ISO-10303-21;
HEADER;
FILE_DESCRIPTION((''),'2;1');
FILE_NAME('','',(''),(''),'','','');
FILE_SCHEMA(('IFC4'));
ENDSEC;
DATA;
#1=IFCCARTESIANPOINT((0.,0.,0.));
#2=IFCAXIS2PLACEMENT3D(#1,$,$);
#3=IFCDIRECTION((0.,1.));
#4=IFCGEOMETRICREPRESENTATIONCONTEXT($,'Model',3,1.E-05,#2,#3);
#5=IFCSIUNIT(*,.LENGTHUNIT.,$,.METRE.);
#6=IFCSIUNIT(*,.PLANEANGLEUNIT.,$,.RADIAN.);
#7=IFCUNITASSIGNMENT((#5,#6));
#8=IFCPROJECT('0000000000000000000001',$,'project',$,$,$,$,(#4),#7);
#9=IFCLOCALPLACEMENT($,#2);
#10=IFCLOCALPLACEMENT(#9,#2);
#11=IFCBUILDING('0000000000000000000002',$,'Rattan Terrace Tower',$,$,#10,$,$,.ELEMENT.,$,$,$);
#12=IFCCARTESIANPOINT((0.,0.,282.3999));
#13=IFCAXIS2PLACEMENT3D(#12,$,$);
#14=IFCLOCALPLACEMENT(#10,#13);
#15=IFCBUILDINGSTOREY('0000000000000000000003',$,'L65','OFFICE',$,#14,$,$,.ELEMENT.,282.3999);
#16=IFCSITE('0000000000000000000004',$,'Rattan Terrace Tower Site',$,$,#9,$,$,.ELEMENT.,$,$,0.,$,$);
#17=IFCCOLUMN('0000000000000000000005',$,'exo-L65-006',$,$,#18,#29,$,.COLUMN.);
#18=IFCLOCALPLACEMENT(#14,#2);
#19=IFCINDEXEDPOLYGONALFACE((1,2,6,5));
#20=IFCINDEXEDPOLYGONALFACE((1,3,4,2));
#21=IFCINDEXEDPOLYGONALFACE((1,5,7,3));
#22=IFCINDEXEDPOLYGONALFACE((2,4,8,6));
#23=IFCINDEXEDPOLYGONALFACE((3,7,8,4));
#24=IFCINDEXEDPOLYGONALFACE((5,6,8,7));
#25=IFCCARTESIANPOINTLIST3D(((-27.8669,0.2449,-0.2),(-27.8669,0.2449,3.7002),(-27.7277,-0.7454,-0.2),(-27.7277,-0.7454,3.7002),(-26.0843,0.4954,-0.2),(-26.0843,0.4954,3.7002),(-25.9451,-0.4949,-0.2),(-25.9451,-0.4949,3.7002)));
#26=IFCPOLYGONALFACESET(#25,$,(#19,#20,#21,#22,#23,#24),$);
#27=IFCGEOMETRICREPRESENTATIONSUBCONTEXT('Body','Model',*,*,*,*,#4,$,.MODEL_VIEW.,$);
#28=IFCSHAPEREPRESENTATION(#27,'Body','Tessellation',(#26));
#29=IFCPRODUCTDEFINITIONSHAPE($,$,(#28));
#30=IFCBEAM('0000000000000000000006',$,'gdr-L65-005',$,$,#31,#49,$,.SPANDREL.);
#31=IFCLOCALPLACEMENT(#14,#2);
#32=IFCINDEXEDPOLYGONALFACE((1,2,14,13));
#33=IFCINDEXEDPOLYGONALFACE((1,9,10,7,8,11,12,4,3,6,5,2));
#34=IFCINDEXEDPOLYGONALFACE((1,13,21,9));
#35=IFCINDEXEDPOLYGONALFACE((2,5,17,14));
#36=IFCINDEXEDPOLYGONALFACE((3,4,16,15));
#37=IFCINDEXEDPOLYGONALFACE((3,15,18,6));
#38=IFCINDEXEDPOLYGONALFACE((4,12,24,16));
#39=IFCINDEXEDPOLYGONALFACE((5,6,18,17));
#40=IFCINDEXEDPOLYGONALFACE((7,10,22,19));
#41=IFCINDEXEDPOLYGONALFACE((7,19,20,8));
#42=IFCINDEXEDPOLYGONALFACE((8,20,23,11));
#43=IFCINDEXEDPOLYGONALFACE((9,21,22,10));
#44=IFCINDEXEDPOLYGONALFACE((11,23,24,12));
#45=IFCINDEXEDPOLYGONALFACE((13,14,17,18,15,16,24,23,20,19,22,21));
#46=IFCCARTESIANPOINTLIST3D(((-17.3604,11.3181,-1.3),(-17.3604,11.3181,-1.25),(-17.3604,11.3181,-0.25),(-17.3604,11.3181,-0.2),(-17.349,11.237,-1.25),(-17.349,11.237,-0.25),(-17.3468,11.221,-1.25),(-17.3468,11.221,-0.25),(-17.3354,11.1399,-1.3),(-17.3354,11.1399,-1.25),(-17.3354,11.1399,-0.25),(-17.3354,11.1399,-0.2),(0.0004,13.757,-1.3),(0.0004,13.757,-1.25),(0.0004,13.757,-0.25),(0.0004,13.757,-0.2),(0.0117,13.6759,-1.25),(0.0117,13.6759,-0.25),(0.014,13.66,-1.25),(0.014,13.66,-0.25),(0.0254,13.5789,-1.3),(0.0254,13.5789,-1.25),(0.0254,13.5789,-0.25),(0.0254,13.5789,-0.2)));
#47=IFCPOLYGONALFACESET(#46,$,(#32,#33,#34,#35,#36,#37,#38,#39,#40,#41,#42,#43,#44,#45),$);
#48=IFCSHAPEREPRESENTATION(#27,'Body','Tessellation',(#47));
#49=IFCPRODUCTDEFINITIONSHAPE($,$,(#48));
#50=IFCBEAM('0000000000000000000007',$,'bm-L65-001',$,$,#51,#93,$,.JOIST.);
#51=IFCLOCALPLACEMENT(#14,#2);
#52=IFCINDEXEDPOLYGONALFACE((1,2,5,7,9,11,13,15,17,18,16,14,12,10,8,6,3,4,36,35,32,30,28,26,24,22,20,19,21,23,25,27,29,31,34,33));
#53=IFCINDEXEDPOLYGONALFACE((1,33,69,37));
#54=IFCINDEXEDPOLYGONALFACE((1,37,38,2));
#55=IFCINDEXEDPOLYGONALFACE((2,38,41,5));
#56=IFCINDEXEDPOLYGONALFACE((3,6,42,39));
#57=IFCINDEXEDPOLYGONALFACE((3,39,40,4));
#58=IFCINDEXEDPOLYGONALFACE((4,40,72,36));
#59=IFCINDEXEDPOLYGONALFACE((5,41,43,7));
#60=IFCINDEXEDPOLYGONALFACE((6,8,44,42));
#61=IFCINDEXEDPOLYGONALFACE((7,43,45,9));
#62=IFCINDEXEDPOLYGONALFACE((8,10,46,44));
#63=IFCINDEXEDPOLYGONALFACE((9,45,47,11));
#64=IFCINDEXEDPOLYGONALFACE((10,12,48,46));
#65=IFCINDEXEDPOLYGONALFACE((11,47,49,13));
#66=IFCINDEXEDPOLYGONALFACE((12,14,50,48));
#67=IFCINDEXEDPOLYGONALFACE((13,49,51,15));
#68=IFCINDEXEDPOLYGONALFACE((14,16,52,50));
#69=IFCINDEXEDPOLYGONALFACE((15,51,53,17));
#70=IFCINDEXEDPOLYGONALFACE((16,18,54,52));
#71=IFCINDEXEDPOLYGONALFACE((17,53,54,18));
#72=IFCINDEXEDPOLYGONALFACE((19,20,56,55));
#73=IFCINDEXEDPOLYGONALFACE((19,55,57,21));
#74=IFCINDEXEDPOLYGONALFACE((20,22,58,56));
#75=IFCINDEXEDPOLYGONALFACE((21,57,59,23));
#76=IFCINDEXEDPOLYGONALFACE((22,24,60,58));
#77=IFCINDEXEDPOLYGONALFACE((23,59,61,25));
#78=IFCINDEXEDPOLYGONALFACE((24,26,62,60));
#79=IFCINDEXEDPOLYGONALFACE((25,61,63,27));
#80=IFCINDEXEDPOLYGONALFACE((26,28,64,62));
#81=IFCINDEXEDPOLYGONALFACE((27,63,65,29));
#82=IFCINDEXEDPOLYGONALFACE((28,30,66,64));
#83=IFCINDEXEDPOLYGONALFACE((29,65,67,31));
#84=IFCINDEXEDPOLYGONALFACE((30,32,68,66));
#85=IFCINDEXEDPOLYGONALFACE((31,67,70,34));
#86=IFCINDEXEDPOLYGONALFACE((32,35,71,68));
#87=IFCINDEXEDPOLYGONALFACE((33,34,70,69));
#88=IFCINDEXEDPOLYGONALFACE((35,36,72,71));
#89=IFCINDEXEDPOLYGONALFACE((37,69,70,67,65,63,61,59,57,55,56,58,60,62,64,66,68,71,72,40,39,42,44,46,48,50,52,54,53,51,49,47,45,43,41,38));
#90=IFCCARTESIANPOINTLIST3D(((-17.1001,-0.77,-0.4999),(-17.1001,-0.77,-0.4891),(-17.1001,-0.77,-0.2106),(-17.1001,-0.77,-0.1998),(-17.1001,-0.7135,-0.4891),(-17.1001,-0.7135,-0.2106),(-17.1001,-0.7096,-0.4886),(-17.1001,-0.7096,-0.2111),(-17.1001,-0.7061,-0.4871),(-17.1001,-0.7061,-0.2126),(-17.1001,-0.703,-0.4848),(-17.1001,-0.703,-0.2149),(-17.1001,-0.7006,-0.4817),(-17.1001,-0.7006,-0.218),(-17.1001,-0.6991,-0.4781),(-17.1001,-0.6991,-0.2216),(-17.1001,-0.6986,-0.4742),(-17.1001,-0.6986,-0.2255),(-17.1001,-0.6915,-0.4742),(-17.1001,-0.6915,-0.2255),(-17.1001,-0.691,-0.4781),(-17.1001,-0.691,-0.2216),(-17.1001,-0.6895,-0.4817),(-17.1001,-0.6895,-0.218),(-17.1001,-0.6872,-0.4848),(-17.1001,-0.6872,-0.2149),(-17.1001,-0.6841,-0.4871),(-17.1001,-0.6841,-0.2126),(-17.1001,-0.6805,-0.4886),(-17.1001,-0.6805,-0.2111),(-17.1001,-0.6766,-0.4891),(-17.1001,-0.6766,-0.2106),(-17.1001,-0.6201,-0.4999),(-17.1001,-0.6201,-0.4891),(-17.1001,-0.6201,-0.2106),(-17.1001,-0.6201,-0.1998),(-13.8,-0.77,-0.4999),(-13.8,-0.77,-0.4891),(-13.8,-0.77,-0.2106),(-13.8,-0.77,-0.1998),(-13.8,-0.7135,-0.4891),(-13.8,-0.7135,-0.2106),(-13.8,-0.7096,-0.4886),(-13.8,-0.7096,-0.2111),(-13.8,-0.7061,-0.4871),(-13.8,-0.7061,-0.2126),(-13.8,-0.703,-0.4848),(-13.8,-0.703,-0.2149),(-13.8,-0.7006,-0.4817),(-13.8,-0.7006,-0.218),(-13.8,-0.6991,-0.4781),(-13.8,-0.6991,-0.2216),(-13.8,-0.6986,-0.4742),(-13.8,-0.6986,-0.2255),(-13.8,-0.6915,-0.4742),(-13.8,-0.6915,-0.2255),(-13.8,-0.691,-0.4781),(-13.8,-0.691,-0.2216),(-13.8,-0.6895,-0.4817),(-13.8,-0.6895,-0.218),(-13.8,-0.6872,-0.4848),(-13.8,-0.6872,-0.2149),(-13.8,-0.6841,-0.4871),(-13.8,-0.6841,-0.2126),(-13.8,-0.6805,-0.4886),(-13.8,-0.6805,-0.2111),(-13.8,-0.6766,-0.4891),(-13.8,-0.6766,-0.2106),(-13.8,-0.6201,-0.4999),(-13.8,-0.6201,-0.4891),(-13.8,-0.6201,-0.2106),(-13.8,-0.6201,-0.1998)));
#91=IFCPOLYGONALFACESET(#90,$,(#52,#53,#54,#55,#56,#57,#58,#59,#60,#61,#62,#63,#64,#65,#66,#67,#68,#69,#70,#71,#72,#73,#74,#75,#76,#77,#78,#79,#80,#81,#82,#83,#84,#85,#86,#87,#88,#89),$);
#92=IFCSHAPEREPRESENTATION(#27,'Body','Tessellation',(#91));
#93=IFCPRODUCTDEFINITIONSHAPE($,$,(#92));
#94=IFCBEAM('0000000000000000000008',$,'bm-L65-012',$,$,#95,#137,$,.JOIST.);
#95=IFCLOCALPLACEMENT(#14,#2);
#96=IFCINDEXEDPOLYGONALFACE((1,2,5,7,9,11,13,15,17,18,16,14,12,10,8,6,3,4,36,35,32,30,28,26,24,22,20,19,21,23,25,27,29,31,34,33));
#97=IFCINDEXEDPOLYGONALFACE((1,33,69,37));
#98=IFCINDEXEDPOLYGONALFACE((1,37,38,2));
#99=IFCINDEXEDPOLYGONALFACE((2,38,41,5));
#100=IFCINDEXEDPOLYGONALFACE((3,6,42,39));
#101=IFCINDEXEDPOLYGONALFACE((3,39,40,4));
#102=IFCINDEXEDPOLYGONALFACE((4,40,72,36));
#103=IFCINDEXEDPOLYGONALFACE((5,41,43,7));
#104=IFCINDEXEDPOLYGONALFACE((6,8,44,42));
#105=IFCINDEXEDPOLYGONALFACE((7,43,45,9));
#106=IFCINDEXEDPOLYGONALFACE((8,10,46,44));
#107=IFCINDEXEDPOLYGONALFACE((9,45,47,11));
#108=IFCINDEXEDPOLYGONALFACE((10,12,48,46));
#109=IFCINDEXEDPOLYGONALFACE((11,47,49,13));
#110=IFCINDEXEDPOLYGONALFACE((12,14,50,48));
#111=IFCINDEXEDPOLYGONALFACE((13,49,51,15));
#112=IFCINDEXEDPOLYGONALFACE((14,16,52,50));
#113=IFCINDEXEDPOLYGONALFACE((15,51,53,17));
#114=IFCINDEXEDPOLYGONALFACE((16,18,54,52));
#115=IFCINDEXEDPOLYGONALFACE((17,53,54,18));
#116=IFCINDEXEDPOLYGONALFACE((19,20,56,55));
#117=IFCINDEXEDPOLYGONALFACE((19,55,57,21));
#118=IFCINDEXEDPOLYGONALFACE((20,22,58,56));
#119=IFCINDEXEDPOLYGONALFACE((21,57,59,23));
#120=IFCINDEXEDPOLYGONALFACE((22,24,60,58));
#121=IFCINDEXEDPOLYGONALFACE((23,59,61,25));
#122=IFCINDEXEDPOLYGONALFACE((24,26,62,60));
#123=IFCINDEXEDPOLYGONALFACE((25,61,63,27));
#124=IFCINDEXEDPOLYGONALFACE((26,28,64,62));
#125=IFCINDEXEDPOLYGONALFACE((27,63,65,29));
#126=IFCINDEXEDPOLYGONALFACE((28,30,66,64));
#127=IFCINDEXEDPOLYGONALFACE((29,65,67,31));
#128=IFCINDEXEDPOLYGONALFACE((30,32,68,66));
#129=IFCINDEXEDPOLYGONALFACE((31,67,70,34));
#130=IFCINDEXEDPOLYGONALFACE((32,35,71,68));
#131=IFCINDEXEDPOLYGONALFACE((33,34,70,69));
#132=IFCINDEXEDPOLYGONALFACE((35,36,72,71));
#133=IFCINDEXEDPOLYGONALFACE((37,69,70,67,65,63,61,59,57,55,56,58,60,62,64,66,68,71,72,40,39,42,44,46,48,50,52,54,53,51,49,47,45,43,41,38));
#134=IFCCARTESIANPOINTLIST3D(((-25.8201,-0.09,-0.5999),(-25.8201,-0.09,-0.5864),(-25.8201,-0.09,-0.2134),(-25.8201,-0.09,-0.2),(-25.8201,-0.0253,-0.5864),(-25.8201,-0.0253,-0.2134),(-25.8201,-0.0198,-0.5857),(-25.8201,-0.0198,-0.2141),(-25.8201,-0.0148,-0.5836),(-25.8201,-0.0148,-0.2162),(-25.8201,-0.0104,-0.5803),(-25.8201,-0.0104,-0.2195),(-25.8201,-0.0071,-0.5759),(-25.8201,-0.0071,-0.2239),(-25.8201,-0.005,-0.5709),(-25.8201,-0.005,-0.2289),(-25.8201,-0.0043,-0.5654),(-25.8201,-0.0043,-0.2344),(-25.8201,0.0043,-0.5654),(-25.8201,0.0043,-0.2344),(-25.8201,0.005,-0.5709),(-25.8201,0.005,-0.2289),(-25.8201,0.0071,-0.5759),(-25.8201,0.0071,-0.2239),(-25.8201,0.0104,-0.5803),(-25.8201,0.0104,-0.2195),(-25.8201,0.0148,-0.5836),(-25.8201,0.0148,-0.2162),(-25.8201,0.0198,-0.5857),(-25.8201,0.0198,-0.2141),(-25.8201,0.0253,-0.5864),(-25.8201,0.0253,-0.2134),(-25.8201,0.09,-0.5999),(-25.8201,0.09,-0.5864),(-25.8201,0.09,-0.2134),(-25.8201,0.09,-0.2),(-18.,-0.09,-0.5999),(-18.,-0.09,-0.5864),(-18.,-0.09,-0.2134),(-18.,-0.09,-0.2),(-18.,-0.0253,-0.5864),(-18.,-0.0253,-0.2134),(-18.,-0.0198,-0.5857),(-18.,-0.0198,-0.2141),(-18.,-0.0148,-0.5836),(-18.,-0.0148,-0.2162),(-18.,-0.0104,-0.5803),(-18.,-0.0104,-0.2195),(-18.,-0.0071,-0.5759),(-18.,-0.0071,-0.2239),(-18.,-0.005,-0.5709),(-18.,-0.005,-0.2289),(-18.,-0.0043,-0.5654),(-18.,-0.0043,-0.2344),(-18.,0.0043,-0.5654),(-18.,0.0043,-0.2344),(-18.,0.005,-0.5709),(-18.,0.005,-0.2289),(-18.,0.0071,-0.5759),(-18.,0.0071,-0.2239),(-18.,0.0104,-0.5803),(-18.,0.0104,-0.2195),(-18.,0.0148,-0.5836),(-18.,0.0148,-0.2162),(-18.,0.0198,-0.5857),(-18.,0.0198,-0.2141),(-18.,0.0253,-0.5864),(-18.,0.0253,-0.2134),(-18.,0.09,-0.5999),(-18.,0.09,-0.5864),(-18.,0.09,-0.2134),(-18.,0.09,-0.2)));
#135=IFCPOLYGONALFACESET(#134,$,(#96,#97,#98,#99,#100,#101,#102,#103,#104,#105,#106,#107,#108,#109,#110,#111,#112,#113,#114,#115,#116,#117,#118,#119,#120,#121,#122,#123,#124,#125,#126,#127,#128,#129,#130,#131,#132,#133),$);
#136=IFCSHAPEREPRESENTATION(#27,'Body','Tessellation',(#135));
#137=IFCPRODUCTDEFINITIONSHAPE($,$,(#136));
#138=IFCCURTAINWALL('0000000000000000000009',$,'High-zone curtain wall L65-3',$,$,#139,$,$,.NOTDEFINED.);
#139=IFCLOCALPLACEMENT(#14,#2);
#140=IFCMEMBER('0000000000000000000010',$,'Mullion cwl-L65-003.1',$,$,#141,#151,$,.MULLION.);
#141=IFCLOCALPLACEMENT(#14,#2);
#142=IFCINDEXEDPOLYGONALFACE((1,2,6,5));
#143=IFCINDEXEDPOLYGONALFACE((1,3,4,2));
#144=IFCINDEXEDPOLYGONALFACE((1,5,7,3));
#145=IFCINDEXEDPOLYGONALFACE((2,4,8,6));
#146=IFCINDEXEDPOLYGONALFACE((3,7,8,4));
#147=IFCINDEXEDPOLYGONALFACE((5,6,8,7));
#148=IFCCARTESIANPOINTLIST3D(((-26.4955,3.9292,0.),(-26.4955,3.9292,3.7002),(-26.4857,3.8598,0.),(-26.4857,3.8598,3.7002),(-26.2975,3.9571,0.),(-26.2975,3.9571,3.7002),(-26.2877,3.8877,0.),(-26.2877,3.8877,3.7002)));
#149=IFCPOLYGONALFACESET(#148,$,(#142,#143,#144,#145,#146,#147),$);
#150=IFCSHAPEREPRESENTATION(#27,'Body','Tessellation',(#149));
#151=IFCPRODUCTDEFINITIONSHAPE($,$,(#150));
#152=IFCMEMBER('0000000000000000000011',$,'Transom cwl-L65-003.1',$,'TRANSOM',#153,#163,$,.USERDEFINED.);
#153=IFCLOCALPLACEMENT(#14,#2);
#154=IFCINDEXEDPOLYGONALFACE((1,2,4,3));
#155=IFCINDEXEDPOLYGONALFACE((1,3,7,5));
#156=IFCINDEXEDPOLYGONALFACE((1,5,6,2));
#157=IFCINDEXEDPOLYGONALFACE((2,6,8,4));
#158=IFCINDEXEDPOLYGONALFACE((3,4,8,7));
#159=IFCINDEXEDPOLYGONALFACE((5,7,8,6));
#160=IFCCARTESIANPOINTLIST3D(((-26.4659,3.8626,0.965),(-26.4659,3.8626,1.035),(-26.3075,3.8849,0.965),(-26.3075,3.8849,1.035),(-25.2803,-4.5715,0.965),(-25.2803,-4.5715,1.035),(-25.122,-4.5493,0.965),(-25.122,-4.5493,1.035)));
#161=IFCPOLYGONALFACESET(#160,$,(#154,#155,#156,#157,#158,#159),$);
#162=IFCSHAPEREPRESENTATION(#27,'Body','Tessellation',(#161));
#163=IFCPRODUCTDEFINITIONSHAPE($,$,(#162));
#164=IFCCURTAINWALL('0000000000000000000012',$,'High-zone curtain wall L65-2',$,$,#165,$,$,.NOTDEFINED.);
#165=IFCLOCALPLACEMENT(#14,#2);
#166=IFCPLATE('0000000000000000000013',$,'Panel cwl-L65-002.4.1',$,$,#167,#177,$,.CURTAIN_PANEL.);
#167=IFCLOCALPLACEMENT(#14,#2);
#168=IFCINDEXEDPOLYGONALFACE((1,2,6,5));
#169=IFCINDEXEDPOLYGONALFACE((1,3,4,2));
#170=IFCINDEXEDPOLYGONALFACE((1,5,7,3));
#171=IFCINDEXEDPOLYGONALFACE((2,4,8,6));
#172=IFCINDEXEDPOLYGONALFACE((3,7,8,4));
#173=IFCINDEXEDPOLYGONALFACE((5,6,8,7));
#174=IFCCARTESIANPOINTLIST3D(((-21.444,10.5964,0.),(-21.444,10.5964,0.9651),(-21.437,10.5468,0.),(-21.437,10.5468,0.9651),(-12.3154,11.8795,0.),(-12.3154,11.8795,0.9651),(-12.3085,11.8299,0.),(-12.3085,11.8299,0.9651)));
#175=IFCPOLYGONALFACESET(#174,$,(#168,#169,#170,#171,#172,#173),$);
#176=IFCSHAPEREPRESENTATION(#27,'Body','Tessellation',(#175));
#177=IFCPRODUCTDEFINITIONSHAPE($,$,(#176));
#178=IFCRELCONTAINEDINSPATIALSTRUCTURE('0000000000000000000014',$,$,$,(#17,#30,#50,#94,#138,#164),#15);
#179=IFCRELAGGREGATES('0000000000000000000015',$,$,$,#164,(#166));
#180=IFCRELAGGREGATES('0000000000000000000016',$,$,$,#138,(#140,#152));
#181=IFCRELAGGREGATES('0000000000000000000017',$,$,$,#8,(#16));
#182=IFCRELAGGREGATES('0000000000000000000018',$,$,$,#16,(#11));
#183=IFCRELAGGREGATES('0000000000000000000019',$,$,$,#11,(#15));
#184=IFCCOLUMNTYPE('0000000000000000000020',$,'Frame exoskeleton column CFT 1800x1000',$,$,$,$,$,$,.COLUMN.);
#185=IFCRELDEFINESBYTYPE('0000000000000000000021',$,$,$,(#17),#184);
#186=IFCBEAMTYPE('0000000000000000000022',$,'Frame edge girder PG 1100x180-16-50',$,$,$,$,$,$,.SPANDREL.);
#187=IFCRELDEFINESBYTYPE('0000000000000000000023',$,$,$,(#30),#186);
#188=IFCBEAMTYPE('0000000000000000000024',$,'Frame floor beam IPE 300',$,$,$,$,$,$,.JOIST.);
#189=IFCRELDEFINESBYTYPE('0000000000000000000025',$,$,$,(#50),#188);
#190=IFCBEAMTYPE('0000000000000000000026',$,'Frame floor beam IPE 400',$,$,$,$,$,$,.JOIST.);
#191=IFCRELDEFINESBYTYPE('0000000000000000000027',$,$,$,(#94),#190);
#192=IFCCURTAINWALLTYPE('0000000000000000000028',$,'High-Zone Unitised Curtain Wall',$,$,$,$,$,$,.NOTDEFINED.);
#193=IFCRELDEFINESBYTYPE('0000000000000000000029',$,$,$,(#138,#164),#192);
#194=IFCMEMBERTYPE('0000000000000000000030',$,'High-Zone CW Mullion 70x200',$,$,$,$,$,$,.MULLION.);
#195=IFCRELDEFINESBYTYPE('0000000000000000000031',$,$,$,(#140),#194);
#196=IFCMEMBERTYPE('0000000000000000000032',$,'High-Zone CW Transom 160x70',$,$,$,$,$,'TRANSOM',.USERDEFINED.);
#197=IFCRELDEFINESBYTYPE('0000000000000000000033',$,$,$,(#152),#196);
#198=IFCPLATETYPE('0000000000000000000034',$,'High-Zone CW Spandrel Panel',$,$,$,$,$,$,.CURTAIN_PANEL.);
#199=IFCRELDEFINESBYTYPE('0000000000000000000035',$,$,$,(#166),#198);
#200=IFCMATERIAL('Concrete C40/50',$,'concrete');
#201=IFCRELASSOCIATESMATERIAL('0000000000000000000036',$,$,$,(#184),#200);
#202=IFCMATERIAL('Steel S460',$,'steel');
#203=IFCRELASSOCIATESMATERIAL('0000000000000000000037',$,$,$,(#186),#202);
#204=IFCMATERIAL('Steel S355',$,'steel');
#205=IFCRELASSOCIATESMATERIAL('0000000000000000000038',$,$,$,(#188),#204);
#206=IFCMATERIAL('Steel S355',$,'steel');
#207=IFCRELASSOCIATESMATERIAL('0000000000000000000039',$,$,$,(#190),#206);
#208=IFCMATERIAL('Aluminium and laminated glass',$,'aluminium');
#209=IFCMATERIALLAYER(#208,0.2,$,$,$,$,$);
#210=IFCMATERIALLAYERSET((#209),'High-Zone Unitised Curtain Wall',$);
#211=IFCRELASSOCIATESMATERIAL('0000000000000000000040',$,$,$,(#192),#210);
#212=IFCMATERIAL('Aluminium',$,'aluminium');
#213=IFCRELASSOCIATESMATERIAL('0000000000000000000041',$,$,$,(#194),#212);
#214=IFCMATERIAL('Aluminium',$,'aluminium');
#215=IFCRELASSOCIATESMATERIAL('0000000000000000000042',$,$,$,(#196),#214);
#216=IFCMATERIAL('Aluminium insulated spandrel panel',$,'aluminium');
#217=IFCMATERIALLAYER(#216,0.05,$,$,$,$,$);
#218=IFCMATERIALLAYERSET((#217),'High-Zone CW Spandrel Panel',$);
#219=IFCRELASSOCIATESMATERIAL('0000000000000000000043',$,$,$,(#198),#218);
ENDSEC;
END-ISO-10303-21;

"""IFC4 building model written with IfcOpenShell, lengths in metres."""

from ifc_helpers import new_model, si_unit, direction, frame, origin, origin_2d, place, context, subcontext, project, spatial, rectangle, i_section, extrude, material, layer, layer_set, material_profile, profile_set, type_object, element, aggregate, save


model = new_model("IFC4")

# Units and contexts
model_context = context("Model", 3, precision=1e-05, world=origin(), true_north=direction((0.0, 1.0)))
body_context = subcontext(model_context, "Body", "Model", "MODEL_VIEW")
ifc_project = project(units=[si_unit("LENGTHUNIT", "METRE"), si_unit("PLANEANGLEUNIT", "RADIAN")], contexts=[model_context])

# Site, building, storey
site_placement = place(None, origin())
site = spatial("IfcSite", under=ifc_project, at=site_placement, Name="Rattan Terrace Tower Site", CompositionType="ELEMENT", RefElevation=0.0)
building_placement = place(site_placement, origin())
building = spatial("IfcBuilding", under=site, at=building_placement, Name="Rattan Terrace Tower", CompositionType="ELEMENT")
storey_placement = place(building_placement, frame((0.0, 0.0, 282.3999)))
storey = spatial("IfcBuildingStorey", under=building, at=storey_placement, Name="L65", Description="OFFICE", CompositionType="ELEMENT", Elevation=282.3999)

# Column
ifc_material_1 = material(Name="Concrete C40/50", Category="concrete")
ifc_material_profile_1 = material_profile(ifc_material_1, rectangle(XDim=1.0, YDim=1.8, at=origin_2d()), Name="CFT 1800x1000")
ifc_profile_set_1 = profile_set([ifc_material_profile_1], Name="Concrete C40/50")
column_type = type_object("IfcColumnType", Name="Frame exoskeleton column CFT 1800x1000", PredefinedType="COLUMN", material=ifc_profile_set_1)
column_placement = place(storey_placement, frame((-26.906, -0.125, -0.2), z_axis=(0.0, 0.0, 1.0), x_axis=(-0.13919, 0.990266, 0.0)))
element("IfcColumn", 1, at=column_placement, inside=storey, type_object=column_type, Name="exo-L65-006", PredefinedType="COLUMN", context=body_context, shape_type="SweptSolid", body=[
    extrude(rectangle(XDim=1.0, YDim=1.8, at=origin_2d()), origin(), (0.0, 0.0, 1.0), 3.9001),
])

# Beams
ifc_material_2 = material(Name="Steel S460", Category="steel")
ifc_material_profile_2 = material_profile(ifc_material_2, i_section(OverallWidth=0.1799, OverallDepth=1.1001, WebThickness=0.0161, FlangeThickness=0.05, at=origin_2d()), Name="PG 1100x180-16-50")
ifc_profile_set_2 = profile_set([ifc_material_profile_2], Name="Steel S460")
beam_type_1 = type_object("IfcBeamType", Name="Frame edge girder PG 1100x180-16-50", PredefinedType="SPANDREL", material=ifc_profile_set_2)
beam_1_placement = place(storey_placement, frame((-17.3479, 11.229, -0.75), z_axis=(0.990275, 0.13912, 0.0), x_axis=(-0.13912, 0.990275, 0.0)))
element("IfcBeam", 2, at=beam_1_placement, inside=storey, type_object=beam_type_1, Name="gdr-L65-005", PredefinedType="SPANDREL", context=body_context, shape_type="SweptSolid", body=[
    extrude(i_section(OverallWidth=0.1799, OverallDepth=1.1001, WebThickness=0.0161, FlangeThickness=0.05, at=origin_2d()), origin(), (0.0, 0.0, 1.0), 17.5312),
])
ifc_material_3 = material(Name="Steel S355", Category="steel")
ifc_material_profile_3 = material_profile(ifc_material_3, i_section(OverallWidth=0.1499, OverallDepth=0.3, WebThickness=0.0071, FlangeThickness=0.0107, FilletRadius=0.0149, at=origin_2d()), Name="IPE 300")
ifc_profile_set_3 = profile_set([ifc_material_profile_3], Name="Steel S355")
beam_type_2 = type_object("IfcBeamType", Name="Frame floor beam IPE 300", PredefinedType="JOIST", material=ifc_profile_set_3)
beam_2_placement = place(storey_placement, frame((-17.1001, -0.6951, -0.3499), z_axis=(1.0, 0.0, 0.0), x_axis=(0.0, 1.0, 0.0)))
element("IfcBeam", 3, at=beam_2_placement, inside=storey, type_object=beam_type_2, Name="bm-L65-001", PredefinedType="JOIST", context=body_context, shape_type="SweptSolid", body=[
    extrude(i_section(OverallWidth=0.1499, OverallDepth=0.3, WebThickness=0.0071, FlangeThickness=0.0107, FilletRadius=0.0149, at=origin_2d()), origin(), (0.0, 0.0, 1.0), 3.3),
])
ifc_material_4 = material(Name="Steel S355", Category="steel")
ifc_material_profile_4 = material_profile(ifc_material_4, i_section(OverallWidth=0.1799, OverallDepth=0.3999, WebThickness=0.0085, FlangeThickness=0.0134, FilletRadius=0.021, at=origin_2d()), Name="IPE 400")
ifc_profile_set_4 = profile_set([ifc_material_profile_4], Name="Steel S355")
beam_type_3 = type_object("IfcBeamType", Name="Frame floor beam IPE 400", PredefinedType="JOIST", material=ifc_profile_set_4)
beam_3_placement = place(storey_placement, frame((-25.8201, 0.0, -0.3999), z_axis=(1.0, 0.0, 0.0), x_axis=(0.0, 1.0, 0.0)))
element("IfcBeam", 4, at=beam_3_placement, inside=storey, type_object=beam_type_3, Name="bm-L65-012", PredefinedType="JOIST", context=body_context, shape_type="SweptSolid", body=[
    extrude(i_section(OverallWidth=0.1799, OverallDepth=0.3999, WebThickness=0.0085, FlangeThickness=0.0134, FilletRadius=0.021, at=origin_2d()), origin(), (0.0, 0.0, 1.0), 7.8201),
])

# Curtain wall, members
ifc_material_5 = material(Name="Aluminium and laminated glass", Category="aluminium")
ifc_layer_1 = layer(ifc_material_5, 0.2)
ifc_layer_set_1 = layer_set([ifc_layer_1], Name="High-Zone Unitised Curtain Wall")
curtain_wall_type = type_object("IfcCurtainWallType", Name="High-Zone Unitised Curtain Wall", PredefinedType="NOTDEFINED", material=ifc_layer_set_1)
curtain_wall_1_placement = place(storey_placement, origin())
curtain_wall_1 = element("IfcCurtainWall", 5, at=curtain_wall_1_placement, inside=storey, type_object=curtain_wall_type, Name="High-zone curtain wall L65-3", PredefinedType="NOTDEFINED")
ifc_material_6 = material(Name="Aluminium", Category="aluminium")
ifc_material_profile_5 = material_profile(ifc_material_6, rectangle(XDim=0.0701, YDim=0.2, at=origin_2d()), Name="Aluminium 70x200")
ifc_profile_set_5 = profile_set([ifc_material_profile_5], Name="Aluminium")
member_type_1 = type_object("IfcMemberType", Name="High-Zone CW Mullion 70x200", PredefinedType="MULLION", material=ifc_profile_set_5)
member_1_placement = place(storey_placement, frame((-26.3916, 3.9084, 0.0), z_axis=(0.0, 0.0, 1.0), x_axis=(0.139192, -0.990265, 0.0)))
member_1 = element("IfcMember", 6, at=member_1_placement, type_object=member_type_1, Name="Mullion cwl-L65-003.1", PredefinedType="MULLION", context=body_context, shape_type="SweptSolid", body=[
    extrude(rectangle(XDim=0.0701, YDim=0.2, at=origin_2d()), origin(), (0.0, 0.0, 1.0), 3.7002),
])
ifc_material_7 = material(Name="Aluminium", Category="aluminium")
ifc_material_profile_6 = material_profile(ifc_material_7, rectangle(XDim=0.1599, YDim=0.0701, at=origin_2d()), Name="Aluminium 160x70")
ifc_profile_set_6 = profile_set([ifc_material_profile_6], Name="Aluminium")
member_type_2 = type_object("IfcMemberType", Name="High-Zone CW Transom 160x70", ElementType="TRANSOM", PredefinedType="USERDEFINED", material=ifc_profile_set_6)
member_2_placement = place(storey_placement, frame((-26.3867, 3.8738, 1.0), z_axis=(0.139198, -0.990265, 0.0), x_axis=(0.990265, 0.139198, 0.0)))
member_2 = element("IfcMember", 7, at=member_2_placement, type_object=member_type_2, Name="Transom cwl-L65-003.1", ObjectType="TRANSOM", PredefinedType="USERDEFINED", context=body_context, shape_type="SweptSolid", body=[
    extrude(rectangle(XDim=0.1599, YDim=0.0701, at=origin_2d()), origin(), (0.0, 0.0, 1.0), 8.5171),
])

# Curtain wall, plate
curtain_wall_2_placement = place(storey_placement, origin())
curtain_wall_2 = element("IfcCurtainWall", 8, at=curtain_wall_2_placement, inside=storey, type_object=curtain_wall_type, Name="High-zone curtain wall L65-2", PredefinedType="NOTDEFINED")
ifc_material_8 = material(Name="Aluminium insulated spandrel panel", Category="aluminium")
ifc_layer_2 = layer(ifc_material_8, 0.05)
ifc_layer_set_2 = layer_set([ifc_layer_2], Name="High-Zone CW Spandrel Panel")
plate_type_1 = type_object("IfcPlateType", Name="High-Zone CW Spandrel Panel", PredefinedType="CURTAIN_PANEL", material=ifc_layer_set_2)
plate_1_placement = place(storey_placement, frame((-16.8762, 11.2131, 0.0), z_axis=(0.0, 0.0, 1.0), x_axis=(-0.990266, -0.139189, 0.0)))
plate_1 = element("IfcPlate", 9, at=plate_1_placement, type_object=plate_type_1, Name="Panel cwl-L65-002.4.1", PredefinedType="CURTAIN_PANEL", context=body_context, shape_type="SweptSolid", body=[
    extrude(rectangle(XDim=9.2183, YDim=0.05, at=origin_2d()), origin(), (0.0, 0.0, 1.0), 0.9651),
])

aggregate(curtain_wall_2, [plate_1])
aggregate(curtain_wall_1, [member_1, member_2])

save(model, "model.ifc")
